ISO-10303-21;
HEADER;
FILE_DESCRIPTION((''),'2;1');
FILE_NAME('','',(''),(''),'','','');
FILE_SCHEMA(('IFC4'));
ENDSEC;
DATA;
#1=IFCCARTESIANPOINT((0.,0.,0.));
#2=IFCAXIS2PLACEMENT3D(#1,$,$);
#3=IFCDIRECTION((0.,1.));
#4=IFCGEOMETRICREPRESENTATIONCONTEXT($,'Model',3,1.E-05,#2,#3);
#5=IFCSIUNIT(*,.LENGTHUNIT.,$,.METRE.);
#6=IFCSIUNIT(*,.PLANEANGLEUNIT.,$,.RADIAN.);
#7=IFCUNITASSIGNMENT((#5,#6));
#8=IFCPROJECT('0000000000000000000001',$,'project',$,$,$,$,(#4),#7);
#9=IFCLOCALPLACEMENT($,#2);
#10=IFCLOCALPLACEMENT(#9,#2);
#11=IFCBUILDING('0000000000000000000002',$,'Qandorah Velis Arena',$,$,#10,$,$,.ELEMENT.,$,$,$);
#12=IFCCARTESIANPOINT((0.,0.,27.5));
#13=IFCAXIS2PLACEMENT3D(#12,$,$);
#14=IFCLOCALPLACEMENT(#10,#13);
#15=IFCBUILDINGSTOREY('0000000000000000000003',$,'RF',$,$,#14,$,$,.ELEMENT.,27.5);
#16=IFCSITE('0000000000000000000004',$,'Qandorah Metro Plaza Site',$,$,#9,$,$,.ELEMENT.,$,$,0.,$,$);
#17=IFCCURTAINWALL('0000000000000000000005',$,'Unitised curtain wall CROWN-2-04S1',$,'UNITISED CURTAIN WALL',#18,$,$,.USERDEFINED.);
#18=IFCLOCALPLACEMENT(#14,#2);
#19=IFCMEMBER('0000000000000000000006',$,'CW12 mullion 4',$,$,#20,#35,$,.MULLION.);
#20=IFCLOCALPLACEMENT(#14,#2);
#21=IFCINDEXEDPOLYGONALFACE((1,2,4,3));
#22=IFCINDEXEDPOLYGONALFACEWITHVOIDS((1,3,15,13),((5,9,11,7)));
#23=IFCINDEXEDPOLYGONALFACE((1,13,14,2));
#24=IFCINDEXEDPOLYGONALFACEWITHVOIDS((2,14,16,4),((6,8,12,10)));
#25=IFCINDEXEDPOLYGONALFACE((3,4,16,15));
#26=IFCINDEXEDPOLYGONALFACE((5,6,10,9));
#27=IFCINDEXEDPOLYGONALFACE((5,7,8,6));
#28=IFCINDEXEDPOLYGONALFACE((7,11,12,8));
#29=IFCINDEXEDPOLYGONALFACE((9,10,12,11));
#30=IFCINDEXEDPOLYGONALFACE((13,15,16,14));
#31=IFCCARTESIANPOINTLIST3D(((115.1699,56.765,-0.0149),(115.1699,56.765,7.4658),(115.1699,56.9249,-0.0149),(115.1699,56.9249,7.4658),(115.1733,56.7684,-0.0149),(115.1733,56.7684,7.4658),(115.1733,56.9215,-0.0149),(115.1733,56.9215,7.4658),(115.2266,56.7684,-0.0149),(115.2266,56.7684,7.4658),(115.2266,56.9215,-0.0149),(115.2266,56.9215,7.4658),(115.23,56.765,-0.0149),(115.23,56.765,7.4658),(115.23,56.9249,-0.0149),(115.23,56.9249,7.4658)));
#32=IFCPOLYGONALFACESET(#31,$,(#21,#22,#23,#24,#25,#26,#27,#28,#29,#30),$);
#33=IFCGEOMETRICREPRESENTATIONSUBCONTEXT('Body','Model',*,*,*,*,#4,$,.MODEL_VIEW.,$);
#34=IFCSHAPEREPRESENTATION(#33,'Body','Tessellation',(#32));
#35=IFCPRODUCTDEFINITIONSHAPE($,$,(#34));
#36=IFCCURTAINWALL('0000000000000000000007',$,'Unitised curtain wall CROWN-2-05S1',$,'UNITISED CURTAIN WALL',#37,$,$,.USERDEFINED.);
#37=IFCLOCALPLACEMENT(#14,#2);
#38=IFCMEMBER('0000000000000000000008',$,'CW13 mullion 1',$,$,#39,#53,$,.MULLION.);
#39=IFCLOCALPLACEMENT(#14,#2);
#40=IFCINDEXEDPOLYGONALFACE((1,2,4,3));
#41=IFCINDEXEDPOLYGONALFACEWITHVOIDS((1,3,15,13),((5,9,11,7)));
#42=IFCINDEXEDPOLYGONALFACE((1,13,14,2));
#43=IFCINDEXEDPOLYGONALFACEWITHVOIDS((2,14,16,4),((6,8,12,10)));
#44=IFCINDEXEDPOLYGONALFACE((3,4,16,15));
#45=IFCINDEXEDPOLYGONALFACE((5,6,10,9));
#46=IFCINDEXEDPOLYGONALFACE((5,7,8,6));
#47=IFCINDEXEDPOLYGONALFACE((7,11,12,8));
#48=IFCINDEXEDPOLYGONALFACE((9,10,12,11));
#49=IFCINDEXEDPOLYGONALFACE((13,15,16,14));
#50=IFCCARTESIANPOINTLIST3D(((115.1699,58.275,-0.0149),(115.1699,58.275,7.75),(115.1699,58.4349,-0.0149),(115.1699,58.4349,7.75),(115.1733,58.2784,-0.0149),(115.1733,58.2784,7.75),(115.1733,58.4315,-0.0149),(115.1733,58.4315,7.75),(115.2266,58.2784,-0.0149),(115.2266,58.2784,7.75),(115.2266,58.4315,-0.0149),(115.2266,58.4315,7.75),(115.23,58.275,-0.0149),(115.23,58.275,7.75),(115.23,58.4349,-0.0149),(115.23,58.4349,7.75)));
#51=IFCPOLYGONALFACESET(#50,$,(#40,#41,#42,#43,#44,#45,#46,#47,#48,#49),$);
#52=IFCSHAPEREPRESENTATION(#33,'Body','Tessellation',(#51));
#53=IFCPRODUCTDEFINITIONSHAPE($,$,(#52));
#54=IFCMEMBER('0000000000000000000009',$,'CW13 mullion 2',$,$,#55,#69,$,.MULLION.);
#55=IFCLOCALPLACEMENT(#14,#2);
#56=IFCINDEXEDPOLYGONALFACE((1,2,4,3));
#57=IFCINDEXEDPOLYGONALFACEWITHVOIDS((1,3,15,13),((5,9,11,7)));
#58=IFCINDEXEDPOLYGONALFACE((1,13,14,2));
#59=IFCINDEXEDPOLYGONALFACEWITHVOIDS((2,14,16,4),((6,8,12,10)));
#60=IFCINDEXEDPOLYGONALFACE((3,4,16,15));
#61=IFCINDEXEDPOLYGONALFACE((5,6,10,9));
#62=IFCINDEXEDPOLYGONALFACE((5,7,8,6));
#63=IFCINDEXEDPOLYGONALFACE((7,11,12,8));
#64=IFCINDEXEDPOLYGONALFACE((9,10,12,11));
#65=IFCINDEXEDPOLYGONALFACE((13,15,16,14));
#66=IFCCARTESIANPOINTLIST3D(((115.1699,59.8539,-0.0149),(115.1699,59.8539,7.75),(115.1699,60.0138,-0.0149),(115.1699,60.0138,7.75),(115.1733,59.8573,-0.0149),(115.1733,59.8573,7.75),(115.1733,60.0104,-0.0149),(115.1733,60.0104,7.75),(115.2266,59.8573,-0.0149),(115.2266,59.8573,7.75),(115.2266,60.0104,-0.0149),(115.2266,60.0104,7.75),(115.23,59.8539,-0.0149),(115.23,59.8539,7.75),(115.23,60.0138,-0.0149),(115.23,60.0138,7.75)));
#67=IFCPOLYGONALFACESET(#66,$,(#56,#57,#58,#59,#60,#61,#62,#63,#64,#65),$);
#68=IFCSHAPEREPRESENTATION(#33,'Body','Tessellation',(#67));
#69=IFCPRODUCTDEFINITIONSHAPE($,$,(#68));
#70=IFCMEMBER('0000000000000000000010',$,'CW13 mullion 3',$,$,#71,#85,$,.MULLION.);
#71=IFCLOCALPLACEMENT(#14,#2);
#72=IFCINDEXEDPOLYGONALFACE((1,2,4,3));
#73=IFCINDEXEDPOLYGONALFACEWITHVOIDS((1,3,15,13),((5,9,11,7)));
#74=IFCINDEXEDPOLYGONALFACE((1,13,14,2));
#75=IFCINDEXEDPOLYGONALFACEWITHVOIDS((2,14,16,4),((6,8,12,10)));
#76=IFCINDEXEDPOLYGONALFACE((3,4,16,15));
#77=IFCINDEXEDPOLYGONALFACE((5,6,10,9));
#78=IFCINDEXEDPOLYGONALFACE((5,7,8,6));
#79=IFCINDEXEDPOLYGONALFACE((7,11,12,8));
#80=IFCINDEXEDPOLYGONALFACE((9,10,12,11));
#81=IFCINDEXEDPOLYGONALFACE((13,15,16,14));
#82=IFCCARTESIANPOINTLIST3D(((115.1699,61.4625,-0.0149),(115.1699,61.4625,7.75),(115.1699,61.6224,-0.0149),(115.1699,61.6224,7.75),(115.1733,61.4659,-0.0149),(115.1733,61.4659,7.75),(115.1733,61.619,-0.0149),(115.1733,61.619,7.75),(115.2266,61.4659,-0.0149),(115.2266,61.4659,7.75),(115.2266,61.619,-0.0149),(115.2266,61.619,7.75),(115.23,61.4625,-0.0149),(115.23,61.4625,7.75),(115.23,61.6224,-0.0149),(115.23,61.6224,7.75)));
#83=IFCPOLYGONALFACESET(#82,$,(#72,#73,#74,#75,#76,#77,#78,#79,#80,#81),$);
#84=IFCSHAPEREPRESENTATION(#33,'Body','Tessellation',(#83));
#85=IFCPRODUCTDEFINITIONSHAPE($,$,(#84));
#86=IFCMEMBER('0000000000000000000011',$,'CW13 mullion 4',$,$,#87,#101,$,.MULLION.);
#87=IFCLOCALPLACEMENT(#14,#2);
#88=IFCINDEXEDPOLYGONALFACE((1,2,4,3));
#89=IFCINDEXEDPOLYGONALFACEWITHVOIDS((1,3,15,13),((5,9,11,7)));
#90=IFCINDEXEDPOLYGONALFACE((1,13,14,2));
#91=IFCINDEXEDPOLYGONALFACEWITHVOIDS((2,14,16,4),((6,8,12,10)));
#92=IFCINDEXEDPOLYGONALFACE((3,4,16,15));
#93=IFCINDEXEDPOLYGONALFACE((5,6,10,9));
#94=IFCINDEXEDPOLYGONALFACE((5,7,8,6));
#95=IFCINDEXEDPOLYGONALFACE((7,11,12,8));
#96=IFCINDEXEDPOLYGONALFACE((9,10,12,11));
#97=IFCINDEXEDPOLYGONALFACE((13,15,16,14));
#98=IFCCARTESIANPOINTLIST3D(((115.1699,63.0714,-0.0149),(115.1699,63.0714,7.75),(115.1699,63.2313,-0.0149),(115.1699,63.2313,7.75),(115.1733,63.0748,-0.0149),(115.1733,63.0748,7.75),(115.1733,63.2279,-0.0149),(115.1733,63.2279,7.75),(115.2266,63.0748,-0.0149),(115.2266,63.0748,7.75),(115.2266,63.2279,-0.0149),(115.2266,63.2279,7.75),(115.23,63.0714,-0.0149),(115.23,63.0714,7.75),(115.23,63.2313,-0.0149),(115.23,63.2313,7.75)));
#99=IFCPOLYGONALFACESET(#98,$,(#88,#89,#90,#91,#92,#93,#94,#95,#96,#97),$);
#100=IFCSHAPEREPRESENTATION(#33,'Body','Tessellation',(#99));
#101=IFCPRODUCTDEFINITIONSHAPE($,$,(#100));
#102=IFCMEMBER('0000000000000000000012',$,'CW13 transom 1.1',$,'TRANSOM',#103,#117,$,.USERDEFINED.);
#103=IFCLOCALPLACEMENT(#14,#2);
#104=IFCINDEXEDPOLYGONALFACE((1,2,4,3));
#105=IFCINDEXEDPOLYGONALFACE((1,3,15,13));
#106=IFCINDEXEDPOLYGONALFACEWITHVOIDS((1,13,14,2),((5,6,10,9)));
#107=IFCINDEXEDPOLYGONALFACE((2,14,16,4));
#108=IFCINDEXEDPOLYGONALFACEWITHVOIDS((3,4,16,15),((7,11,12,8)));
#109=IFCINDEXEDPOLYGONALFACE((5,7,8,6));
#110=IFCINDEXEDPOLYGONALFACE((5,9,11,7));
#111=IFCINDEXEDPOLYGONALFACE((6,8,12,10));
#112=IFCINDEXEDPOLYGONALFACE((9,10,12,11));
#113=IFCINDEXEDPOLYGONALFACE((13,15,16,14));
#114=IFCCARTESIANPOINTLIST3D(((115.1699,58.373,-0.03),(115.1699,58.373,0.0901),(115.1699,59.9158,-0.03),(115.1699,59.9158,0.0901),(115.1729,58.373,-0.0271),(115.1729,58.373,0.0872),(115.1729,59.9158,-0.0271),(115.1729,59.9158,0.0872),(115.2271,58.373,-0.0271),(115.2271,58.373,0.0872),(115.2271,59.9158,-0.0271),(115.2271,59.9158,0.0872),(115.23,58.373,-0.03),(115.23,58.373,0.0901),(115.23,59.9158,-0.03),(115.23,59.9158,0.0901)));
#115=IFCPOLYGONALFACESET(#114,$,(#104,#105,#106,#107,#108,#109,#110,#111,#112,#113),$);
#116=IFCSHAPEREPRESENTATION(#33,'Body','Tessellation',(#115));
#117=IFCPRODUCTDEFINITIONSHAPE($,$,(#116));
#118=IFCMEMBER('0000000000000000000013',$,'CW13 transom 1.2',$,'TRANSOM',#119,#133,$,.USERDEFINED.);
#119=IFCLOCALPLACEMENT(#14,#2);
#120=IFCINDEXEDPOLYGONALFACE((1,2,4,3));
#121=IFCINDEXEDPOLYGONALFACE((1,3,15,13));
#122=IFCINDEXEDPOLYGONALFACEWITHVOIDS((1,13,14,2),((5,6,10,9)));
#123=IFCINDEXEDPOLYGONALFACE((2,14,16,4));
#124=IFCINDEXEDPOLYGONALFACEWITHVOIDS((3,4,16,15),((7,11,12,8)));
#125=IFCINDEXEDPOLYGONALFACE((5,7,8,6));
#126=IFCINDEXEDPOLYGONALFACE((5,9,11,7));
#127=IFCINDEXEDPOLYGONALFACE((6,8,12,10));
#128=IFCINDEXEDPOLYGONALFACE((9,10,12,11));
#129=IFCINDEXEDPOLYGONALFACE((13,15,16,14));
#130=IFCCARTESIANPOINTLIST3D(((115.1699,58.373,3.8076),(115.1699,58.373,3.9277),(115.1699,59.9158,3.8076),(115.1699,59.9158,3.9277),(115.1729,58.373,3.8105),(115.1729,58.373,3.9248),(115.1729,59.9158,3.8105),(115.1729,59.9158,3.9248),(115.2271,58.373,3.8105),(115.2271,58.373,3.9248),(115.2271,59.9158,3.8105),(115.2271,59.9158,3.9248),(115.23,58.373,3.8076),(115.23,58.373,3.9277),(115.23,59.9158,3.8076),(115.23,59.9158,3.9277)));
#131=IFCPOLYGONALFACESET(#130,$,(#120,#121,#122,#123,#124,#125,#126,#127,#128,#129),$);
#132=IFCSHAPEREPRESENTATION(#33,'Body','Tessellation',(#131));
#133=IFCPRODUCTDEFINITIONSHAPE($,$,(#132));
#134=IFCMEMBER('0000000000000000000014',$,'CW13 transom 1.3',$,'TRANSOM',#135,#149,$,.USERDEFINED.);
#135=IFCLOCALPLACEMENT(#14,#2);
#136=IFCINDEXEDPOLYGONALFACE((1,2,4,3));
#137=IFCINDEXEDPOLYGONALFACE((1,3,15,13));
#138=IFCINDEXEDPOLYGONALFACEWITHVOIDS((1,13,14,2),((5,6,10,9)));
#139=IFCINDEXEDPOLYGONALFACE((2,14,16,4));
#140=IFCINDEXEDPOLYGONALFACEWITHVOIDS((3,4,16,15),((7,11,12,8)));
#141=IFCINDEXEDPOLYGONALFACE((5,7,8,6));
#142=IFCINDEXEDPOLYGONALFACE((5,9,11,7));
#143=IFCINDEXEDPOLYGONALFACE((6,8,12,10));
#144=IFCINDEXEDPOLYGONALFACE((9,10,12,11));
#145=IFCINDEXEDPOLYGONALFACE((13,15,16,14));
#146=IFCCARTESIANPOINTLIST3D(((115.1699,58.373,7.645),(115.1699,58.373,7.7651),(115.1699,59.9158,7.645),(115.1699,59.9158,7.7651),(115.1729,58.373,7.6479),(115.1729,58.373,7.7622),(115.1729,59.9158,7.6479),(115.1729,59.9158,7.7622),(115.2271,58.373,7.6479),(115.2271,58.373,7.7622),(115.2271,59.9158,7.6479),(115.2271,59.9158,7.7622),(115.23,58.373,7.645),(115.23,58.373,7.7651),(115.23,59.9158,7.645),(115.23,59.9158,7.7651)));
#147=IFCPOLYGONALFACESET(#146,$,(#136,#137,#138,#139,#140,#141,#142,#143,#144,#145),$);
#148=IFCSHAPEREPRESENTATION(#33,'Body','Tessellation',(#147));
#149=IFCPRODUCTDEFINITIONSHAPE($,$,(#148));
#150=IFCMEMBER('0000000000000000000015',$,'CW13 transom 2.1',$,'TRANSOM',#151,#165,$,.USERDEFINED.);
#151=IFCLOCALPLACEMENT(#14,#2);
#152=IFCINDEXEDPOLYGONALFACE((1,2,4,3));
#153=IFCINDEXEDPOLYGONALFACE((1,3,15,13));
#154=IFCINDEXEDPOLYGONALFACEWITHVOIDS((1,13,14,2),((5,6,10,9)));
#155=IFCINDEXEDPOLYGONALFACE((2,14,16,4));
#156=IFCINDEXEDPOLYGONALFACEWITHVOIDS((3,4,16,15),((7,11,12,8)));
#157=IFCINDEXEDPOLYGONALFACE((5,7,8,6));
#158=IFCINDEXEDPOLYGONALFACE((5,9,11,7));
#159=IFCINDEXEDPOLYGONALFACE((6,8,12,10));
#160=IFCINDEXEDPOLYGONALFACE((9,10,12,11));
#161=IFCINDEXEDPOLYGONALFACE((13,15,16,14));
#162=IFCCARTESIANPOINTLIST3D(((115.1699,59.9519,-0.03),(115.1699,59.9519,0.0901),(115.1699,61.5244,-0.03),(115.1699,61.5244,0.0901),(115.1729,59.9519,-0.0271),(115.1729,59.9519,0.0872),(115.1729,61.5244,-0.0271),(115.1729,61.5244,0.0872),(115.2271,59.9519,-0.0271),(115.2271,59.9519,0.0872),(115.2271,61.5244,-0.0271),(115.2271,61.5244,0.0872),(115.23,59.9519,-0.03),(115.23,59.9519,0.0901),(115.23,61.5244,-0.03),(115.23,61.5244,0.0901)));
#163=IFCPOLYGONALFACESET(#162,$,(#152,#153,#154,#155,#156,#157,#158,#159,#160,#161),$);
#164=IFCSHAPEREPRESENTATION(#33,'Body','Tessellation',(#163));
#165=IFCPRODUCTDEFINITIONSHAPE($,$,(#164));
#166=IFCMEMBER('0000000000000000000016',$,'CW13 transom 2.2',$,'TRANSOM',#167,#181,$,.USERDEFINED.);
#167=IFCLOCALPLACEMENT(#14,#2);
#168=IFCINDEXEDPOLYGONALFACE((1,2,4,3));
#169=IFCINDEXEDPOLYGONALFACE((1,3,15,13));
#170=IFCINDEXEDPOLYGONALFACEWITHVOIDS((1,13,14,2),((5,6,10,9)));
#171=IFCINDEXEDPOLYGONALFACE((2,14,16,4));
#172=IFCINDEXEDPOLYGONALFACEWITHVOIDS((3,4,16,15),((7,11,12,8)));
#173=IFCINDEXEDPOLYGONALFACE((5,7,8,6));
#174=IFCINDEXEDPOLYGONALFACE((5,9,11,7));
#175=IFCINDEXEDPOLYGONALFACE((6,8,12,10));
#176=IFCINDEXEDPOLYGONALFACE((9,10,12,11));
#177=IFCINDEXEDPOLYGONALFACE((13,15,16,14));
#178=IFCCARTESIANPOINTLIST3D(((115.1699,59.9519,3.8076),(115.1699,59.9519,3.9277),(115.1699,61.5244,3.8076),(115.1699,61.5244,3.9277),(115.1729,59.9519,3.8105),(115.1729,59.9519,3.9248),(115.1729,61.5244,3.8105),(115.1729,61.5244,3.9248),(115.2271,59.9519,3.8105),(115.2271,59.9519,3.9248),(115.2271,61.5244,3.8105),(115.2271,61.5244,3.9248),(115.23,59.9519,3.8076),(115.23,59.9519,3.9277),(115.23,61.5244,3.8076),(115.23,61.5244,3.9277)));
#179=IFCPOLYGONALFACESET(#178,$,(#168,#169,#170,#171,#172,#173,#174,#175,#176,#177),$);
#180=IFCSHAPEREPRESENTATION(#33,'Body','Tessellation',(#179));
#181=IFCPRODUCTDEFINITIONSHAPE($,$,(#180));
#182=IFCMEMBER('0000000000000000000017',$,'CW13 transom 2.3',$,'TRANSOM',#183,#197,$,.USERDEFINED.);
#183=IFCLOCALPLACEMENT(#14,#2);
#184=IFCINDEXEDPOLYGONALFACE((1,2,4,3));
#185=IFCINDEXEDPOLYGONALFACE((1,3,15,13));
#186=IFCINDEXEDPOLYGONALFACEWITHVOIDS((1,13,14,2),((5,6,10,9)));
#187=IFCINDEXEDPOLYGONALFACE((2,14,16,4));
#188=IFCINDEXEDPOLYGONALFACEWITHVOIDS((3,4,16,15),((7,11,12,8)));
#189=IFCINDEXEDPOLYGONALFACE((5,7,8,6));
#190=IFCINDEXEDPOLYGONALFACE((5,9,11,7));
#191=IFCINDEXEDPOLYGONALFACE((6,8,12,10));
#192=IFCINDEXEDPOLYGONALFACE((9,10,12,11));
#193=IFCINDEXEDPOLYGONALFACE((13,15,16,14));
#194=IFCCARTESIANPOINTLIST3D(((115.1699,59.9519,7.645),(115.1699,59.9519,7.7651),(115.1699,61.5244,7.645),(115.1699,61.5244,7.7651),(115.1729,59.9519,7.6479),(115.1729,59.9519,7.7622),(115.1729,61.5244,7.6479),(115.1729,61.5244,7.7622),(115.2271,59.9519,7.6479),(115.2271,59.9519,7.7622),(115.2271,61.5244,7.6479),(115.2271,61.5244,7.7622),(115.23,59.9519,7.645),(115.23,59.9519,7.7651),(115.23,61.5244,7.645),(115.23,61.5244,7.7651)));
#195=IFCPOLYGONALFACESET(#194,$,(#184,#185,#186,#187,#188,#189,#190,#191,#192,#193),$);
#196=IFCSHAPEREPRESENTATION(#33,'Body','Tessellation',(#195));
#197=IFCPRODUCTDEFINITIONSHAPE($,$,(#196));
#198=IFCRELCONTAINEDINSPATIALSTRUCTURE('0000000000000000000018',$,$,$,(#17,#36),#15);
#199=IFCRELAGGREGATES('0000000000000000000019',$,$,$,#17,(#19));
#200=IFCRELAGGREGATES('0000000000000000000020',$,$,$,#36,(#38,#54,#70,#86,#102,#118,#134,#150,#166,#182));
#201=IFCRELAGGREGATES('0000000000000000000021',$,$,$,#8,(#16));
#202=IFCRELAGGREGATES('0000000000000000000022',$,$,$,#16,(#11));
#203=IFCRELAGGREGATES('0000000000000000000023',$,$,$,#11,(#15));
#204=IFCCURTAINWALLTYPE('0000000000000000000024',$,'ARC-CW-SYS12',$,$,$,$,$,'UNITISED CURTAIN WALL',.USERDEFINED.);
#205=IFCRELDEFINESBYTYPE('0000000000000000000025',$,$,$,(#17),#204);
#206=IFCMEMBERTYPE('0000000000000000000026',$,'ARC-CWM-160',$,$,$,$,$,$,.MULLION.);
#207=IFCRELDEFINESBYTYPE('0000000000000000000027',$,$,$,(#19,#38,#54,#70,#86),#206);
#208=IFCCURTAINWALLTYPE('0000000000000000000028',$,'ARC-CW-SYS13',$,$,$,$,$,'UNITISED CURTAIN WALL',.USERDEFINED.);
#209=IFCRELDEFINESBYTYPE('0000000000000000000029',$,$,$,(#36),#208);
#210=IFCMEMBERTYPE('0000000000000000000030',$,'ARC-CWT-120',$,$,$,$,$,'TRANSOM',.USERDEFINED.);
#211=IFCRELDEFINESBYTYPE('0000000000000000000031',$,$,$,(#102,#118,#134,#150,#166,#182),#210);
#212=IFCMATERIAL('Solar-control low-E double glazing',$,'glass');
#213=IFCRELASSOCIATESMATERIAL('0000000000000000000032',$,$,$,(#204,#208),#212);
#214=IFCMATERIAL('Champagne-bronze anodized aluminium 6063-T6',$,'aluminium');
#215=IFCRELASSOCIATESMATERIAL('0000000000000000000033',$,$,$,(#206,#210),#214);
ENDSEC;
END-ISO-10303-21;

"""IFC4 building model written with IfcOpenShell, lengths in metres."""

from ifc_helpers import new_model, si_unit, direction, frame, origin, origin_2d, place, context, subcontext, project, spatial, hollow_rectangle, extrude, material, material_profile, profile_set, type_object, element, aggregate, save


model = new_model("IFC4")

# Units and contexts
model_context = context("Model", 3, precision=1e-05, world=origin(), true_north=direction((0.0, 1.0)))
body_context = subcontext(model_context, "Body", "Model", "MODEL_VIEW")
ifc_project = project(units=[si_unit("LENGTHUNIT", "METRE"), si_unit("PLANEANGLEUNIT", "RADIAN")], contexts=[model_context])

# Site, building, storey
site_placement = place(None, origin())
site = spatial("IfcSite", under=ifc_project, at=site_placement, Name="Qandorah Metro Plaza Site", CompositionType="ELEMENT", RefElevation=0.0)
building_placement = place(site_placement, origin())
building = spatial("IfcBuilding", under=site, at=building_placement, Name="Qandorah Velis Arena", CompositionType="ELEMENT")
storey_placement = place(building_placement, frame((0.0, 0.0, 27.5)))
storey = spatial("IfcBuildingStorey", under=building, at=storey_placement, Name="RF", CompositionType="ELEMENT", Elevation=27.5)

# Curtain wall, member
ifc_material_1 = material(Name="Solar-control low-E double glazing", Category="glass")
curtain_wall_type_1 = type_object("IfcCurtainWallType", Name="ARC-CW-SYS12", ElementType="UNITISED CURTAIN WALL", PredefinedType="USERDEFINED", material=ifc_material_1)
curtain_wall_1_placement = place(storey_placement, origin())
curtain_wall_1 = element("IfcCurtainWall", 1, at=curtain_wall_1_placement, inside=storey, type_object=curtain_wall_type_1, Name="Unitised curtain wall CROWN-2-04S1", ObjectType="UNITISED CURTAIN WALL", PredefinedType="USERDEFINED")
ifc_material_2 = material(Name="Champagne-bronze anodized aluminium 6063-T6", Category="aluminium")
ifc_material_profile_1 = material_profile(ifc_material_2, hollow_rectangle(XDim=0.0601, YDim=0.1599, WallThickness=0.0034, at=origin_2d()), Name="ALU MULLION 60x160")
ifc_profile_set_1 = profile_set([ifc_material_profile_1], Name="Champagne-bronze anodized aluminium 6063-T6")
member_type_1 = type_object("IfcMemberType", Name="ARC-CWM-160", PredefinedType="MULLION", material=ifc_profile_set_1)
member_1_placement = place(storey_placement, frame((115.2, 56.845, -0.0149), z_axis=(0.0, 0.0, 1.0), x_axis=(-1.0, 0.0, 0.0)))
member_1 = element("IfcMember", 2, at=member_1_placement, type_object=member_type_1, Name="CW12 mullion 4", PredefinedType="MULLION", context=body_context, shape_type="SweptSolid", body=[
    extrude(hollow_rectangle(XDim=0.0601, YDim=0.1599, WallThickness=0.0034, at=origin_2d()), origin(), (0.0, 0.0, 1.0), 7.4807),
])
aggregate(curtain_wall_1, [member_1])

# Curtain wall, members
curtain_wall_type_2 = type_object("IfcCurtainWallType", Name="ARC-CW-SYS13", ElementType="UNITISED CURTAIN WALL", PredefinedType="USERDEFINED", material=ifc_material_1)
curtain_wall_2_placement = place(storey_placement, origin())
curtain_wall_2 = element("IfcCurtainWall", 3, at=curtain_wall_2_placement, inside=storey, type_object=curtain_wall_type_2, Name="Unitised curtain wall CROWN-2-05S1", ObjectType="UNITISED CURTAIN WALL", PredefinedType="USERDEFINED")
member_2_placement = place(storey_placement, frame((115.2, 58.355, -0.0149), z_axis=(0.0, 0.0, 1.0), x_axis=(-1.0, 0.0, 0.0)))
member_2 = element("IfcMember", 4, at=member_2_placement, type_object=member_type_1, Name="CW13 mullion 1", PredefinedType="MULLION", context=body_context, shape_type="SweptSolid", body=[
    extrude(hollow_rectangle(XDim=0.0601, YDim=0.1599, WallThickness=0.0034, at=origin_2d()), origin(), (0.0, 0.0, 1.0), 7.7649),
])
member_3_placement = place(storey_placement, frame((115.2, 59.9338, -0.0149), z_axis=(0.0, 0.0, 1.0), x_axis=(-1.0, 0.0, 0.0)))
member_3 = element("IfcMember", 5, at=member_3_placement, type_object=member_type_1, Name="CW13 mullion 2", PredefinedType="MULLION", context=body_context, shape_type="SweptSolid", body=[
    extrude(hollow_rectangle(XDim=0.0601, YDim=0.1599, WallThickness=0.0034, at=origin_2d()), origin(), (0.0, 0.0, 1.0), 7.7649),
])
member_4_placement = place(storey_placement, frame((115.2, 61.5425, -0.0149), z_axis=(0.0, 0.0, 1.0), x_axis=(-1.0, 0.0, 0.0)))
member_4 = element("IfcMember", 6, at=member_4_placement, type_object=member_type_1, Name="CW13 mullion 3", PredefinedType="MULLION", context=body_context, shape_type="SweptSolid", body=[
    extrude(hollow_rectangle(XDim=0.0601, YDim=0.1599, WallThickness=0.0034, at=origin_2d()), origin(), (0.0, 0.0, 1.0), 7.7649),
])
member_5_placement = place(storey_placement, frame((115.2, 63.1514, -0.0149), z_axis=(0.0, 0.0, 1.0), x_axis=(-1.0, 0.0, 0.0)))
member_5 = element("IfcMember", 7, at=member_5_placement, type_object=member_type_1, Name="CW13 mullion 4", PredefinedType="MULLION", context=body_context, shape_type="SweptSolid", body=[
    extrude(hollow_rectangle(XDim=0.0601, YDim=0.1599, WallThickness=0.0034, at=origin_2d()), origin(), (0.0, 0.0, 1.0), 7.7649),
])
ifc_material_profile_2 = material_profile(ifc_material_2, hollow_rectangle(XDim=0.0601, YDim=0.1201, WallThickness=0.0029, at=origin_2d()), Name="ALU TRANSOM 60x120")
ifc_profile_set_2 = profile_set([ifc_material_profile_2], Name="Champagne-bronze anodized aluminium 6063-T6")
member_type_2 = type_object("IfcMemberType", Name="ARC-CWT-120", ElementType="TRANSOM", PredefinedType="USERDEFINED", material=ifc_profile_set_2)
member_6_placement = place(storey_placement, frame((115.2, 58.373, 0.03), z_axis=(0.0, 1.0, 0.0), x_axis=(-1.0, 0.0, 0.0)))
member_6 = element("IfcMember", 8, at=member_6_placement, type_object=member_type_2, Name="CW13 transom 1.1", ObjectType="TRANSOM", PredefinedType="USERDEFINED", context=body_context, shape_type="SweptSolid", body=[
    extrude(hollow_rectangle(XDim=0.0601, YDim=0.1201, WallThickness=0.0029, at=origin_2d()), origin(), (0.0, 0.0, 1.0), 1.5427),
])
member_7_placement = place(storey_placement, frame((115.2, 58.373, 3.8677), z_axis=(0.0, 1.0, 0.0), x_axis=(-1.0, 0.0, 0.0)))
member_7 = element("IfcMember", 9, at=member_7_placement, type_object=member_type_2, Name="CW13 transom 1.2", ObjectType="TRANSOM", PredefinedType="USERDEFINED", context=body_context, shape_type="SweptSolid", body=[
    extrude(hollow_rectangle(XDim=0.0601, YDim=0.1201, WallThickness=0.0029, at=origin_2d()), origin(), (0.0, 0.0, 1.0), 1.5427),
])
member_8_placement = place(storey_placement, frame((115.2, 58.373, 7.7051), z_axis=(0.0, 1.0, 0.0), x_axis=(-1.0, 0.0, 0.0)))
member_8 = element("IfcMember", 10, at=member_8_placement, type_object=member_type_2, Name="CW13 transom 1.3", ObjectType="TRANSOM", PredefinedType="USERDEFINED", context=body_context, shape_type="SweptSolid", body=[
    extrude(hollow_rectangle(XDim=0.0601, YDim=0.1201, WallThickness=0.0029, at=origin_2d()), origin(), (0.0, 0.0, 1.0), 1.5427),
])
member_9_placement = place(storey_placement, frame((115.2, 59.9519, 0.03), z_axis=(0.0, 1.0, 0.0), x_axis=(-1.0, 0.0, 0.0)))
member_9 = element("IfcMember", 11, at=member_9_placement, type_object=member_type_2, Name="CW13 transom 2.1", ObjectType="TRANSOM", PredefinedType="USERDEFINED", context=body_context, shape_type="SweptSolid", body=[
    extrude(hollow_rectangle(XDim=0.0601, YDim=0.1201, WallThickness=0.0029, at=origin_2d()), origin(), (0.0, 0.0, 1.0), 1.5725),
])
member_10_placement = place(storey_placement, frame((115.2, 59.9519, 3.8677), z_axis=(0.0, 1.0, 0.0), x_axis=(-1.0, 0.0, 0.0)))
member_10 = element("IfcMember", 12, at=member_10_placement, type_object=member_type_2, Name="CW13 transom 2.2", ObjectType="TRANSOM", PredefinedType="USERDEFINED", context=body_context, shape_type="SweptSolid", body=[
    extrude(hollow_rectangle(XDim=0.0601, YDim=0.1201, WallThickness=0.0029, at=origin_2d()), origin(), (0.0, 0.0, 1.0), 1.5725),
])
member_11_placement = place(storey_placement, frame((115.2, 59.9519, 7.7051), z_axis=(0.0, 1.0, 0.0), x_axis=(-1.0, 0.0, 0.0)))
member_11 = element("IfcMember", 13, at=member_11_placement, type_object=member_type_2, Name="CW13 transom 2.3", ObjectType="TRANSOM", PredefinedType="USERDEFINED", context=body_context, shape_type="SweptSolid", body=[
    extrude(hollow_rectangle(XDim=0.0601, YDim=0.1201, WallThickness=0.0029, at=origin_2d()), origin(), (0.0, 0.0, 1.0), 1.5725),
])

aggregate(curtain_wall_2, [member_2, member_3, member_4, member_5, member_6, member_7, member_8, member_9, member_10, member_11])

save(model, "model.ifc")
